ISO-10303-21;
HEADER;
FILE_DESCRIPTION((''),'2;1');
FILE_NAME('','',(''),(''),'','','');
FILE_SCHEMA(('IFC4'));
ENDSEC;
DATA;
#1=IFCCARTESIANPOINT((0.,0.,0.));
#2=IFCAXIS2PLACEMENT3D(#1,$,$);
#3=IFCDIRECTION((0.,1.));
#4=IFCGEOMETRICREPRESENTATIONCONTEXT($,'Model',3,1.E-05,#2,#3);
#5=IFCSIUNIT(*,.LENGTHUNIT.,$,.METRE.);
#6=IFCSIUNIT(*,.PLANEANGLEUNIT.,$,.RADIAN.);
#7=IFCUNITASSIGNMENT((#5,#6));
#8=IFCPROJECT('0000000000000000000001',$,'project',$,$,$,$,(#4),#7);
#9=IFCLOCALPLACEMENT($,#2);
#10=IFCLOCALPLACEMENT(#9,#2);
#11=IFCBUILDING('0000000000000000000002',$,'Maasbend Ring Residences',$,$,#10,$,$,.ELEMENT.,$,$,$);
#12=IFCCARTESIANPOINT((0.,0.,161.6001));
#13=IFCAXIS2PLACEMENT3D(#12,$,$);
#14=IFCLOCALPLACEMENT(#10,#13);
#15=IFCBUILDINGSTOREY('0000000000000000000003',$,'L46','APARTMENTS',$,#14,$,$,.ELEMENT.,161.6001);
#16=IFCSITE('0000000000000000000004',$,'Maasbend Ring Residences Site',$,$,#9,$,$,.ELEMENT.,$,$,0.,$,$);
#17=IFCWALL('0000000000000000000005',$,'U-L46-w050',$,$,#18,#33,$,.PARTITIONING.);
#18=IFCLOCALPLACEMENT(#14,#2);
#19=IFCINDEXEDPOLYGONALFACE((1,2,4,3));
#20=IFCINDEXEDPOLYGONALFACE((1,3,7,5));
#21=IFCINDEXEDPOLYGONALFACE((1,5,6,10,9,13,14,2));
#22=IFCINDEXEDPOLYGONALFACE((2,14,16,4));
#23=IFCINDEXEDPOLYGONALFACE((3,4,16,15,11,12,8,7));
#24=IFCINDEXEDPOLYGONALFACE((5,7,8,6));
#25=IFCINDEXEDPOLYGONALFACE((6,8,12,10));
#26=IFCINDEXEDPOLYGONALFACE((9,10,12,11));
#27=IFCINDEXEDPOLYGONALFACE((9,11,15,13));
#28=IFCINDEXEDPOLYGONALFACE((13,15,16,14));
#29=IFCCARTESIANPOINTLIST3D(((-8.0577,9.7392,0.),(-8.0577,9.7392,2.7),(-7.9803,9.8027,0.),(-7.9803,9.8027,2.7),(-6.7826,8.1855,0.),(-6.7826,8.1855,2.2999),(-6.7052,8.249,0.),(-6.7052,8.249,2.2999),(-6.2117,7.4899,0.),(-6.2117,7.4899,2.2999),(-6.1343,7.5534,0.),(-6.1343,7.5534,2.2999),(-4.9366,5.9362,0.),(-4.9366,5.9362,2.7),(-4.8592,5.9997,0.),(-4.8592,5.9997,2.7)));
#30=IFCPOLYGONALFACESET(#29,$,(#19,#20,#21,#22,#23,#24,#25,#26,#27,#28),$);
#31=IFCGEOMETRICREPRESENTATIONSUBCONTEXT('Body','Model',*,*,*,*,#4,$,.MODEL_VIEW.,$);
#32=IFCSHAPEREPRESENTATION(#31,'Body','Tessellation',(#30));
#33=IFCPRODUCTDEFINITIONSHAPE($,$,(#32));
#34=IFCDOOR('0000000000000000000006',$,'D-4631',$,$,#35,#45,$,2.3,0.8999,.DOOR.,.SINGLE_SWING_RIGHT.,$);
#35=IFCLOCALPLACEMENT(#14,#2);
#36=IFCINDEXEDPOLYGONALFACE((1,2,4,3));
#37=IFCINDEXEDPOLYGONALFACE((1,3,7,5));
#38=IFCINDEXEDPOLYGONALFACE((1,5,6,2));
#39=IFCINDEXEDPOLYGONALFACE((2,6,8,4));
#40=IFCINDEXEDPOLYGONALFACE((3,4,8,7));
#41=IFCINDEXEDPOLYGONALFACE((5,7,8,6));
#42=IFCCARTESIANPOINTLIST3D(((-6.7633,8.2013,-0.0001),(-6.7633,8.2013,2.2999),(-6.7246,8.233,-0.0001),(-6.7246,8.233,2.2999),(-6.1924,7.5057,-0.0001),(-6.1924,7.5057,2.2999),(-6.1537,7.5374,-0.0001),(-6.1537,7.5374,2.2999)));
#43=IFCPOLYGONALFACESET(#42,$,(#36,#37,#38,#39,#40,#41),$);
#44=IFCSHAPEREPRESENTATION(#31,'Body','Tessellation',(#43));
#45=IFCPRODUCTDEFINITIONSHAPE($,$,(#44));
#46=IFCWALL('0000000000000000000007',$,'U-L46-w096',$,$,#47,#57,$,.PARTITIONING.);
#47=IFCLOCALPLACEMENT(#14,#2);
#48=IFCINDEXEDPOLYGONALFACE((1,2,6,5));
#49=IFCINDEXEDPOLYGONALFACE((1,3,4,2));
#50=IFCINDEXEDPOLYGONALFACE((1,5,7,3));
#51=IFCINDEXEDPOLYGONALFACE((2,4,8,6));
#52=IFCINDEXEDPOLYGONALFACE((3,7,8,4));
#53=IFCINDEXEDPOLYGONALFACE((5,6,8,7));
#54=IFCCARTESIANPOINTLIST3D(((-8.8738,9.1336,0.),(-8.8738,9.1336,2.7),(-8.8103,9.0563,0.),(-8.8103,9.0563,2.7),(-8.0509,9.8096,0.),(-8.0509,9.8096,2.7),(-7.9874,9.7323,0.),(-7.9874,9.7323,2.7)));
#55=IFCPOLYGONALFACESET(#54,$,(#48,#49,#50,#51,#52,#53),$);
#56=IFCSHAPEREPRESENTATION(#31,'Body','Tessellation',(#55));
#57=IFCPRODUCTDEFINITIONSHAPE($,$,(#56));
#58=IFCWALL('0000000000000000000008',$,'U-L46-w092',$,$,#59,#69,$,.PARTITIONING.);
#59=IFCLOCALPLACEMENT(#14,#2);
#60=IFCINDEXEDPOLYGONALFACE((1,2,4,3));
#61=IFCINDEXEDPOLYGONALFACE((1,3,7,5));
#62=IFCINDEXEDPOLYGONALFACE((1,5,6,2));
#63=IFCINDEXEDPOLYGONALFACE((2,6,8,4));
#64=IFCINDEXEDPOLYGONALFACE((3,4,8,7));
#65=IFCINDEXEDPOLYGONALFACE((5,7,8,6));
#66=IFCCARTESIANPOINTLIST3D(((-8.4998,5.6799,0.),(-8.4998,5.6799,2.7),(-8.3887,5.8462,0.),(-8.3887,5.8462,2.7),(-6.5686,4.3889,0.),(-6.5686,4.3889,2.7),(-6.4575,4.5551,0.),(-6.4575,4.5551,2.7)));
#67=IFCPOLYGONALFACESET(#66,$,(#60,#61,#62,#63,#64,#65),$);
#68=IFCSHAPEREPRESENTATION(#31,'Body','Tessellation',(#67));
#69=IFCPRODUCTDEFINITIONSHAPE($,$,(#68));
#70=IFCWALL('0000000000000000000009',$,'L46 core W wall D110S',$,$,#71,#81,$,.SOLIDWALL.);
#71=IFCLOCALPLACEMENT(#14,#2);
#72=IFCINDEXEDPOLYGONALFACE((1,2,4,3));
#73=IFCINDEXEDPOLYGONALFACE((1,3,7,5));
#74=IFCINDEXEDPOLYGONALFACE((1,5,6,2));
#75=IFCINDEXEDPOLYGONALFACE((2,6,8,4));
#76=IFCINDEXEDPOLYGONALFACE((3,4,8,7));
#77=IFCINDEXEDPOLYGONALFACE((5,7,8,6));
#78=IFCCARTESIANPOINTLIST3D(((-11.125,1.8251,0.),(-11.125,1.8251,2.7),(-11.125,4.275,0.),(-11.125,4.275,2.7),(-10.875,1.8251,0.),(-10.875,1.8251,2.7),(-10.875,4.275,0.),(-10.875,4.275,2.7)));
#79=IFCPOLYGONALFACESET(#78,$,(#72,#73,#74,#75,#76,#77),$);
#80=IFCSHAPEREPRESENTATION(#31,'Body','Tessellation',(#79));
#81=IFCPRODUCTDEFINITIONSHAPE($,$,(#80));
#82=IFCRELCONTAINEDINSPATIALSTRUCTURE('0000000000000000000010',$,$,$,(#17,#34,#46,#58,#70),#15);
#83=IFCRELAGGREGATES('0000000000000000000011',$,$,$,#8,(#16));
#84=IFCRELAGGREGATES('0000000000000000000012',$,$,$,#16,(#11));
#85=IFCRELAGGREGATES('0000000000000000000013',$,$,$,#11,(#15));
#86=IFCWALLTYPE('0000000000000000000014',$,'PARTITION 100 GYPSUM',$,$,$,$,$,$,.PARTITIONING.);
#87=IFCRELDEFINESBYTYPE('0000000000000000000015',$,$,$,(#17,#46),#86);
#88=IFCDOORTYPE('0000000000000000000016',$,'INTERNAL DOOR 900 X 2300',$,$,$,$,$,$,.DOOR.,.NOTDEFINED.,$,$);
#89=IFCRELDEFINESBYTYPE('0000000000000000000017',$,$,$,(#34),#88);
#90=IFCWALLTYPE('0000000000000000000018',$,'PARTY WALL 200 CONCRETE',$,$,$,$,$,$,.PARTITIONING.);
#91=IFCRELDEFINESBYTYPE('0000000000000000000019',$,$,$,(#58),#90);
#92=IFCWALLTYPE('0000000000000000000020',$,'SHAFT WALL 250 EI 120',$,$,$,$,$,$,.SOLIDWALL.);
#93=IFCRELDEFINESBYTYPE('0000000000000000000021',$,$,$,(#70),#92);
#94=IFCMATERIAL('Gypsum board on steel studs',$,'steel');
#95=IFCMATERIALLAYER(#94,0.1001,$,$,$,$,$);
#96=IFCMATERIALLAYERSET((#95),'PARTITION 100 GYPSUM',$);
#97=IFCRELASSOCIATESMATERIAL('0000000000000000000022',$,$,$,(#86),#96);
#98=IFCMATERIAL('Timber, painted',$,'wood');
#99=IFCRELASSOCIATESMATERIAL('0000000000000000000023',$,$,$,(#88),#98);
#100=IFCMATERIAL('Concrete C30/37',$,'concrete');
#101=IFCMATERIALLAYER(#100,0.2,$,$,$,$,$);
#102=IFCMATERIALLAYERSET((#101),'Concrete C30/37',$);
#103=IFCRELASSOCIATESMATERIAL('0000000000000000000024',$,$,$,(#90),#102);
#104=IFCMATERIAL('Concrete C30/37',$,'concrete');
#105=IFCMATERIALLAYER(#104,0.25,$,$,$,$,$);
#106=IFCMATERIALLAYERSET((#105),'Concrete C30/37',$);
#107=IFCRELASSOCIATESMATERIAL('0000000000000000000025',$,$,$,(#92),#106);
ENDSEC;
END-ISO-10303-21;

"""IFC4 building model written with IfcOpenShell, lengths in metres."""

from ifc_helpers import new_model, si_unit, direction, frame, frame_2d, origin, place, context, subcontext, project, spatial, rectangle, extrude, material, layer, layer_set, type_object, element, fill, save


model = new_model("IFC4")

# Units and contexts
model_context = context("Model", 3, precision=1e-05, world=origin(), true_north=direction((0.0, 1.0)))
body_context = subcontext(model_context, "Body", "Model", "MODEL_VIEW")
ifc_project = project(units=[si_unit("LENGTHUNIT", "METRE"), si_unit("PLANEANGLEUNIT", "RADIAN")], contexts=[model_context])

# Site, building, storey
site_placement = place(None, origin())
site = spatial("IfcSite", under=ifc_project, at=site_placement, Name="Maasbend Ring Residences Site", CompositionType="ELEMENT", RefElevation=0.0)
building_placement = place(site_placement, origin())
building = spatial("IfcBuilding", under=site, at=building_placement, Name="Maasbend Ring Residences", CompositionType="ELEMENT")
storey_placement = place(building_placement, frame((0.0, 0.0, 161.6001)))
storey = spatial("IfcBuildingStorey", under=building, at=storey_placement, Name="L46", Description="APARTMENTS", CompositionType="ELEMENT", Elevation=161.6001)

# Wall, opening, door
ifc_material_1 = material(Name="Gypsum board on steel studs", Category="steel")
ifc_layer_1 = layer(ifc_material_1, 0.1001)
ifc_layer_set_1 = layer_set([ifc_layer_1], Name="PARTITION 100 GYPSUM")
wall_type_1 = type_object("IfcWallType", Name="PARTITION 100 GYPSUM", PredefinedType="PARTITIONING", material=ifc_layer_set_1)
wall_1_placement = place(storey_placement, frame((-8.019, 9.771, 0.0), z_axis=(0.0, 0.0, 1.0), x_axis=(0.634402, -0.773003, 0.0)))
wall_1 = element("IfcWall", 1, at=wall_1_placement, inside=storey, type_object=wall_type_1, Name="U-L46-w050", PredefinedType="PARTITIONING", context=body_context, shape_type="SweptSolid", body=[
    extrude(rectangle(XDim=4.9197, YDim=0.1001, at=frame_2d((2.46, 0.0))), origin(), (0.0, 0.0, 1.0), 2.7),
])
opening_1_placement = place(wall_1_placement, frame((2.01, 0.0, 0.0)))
opening_1 = element("IfcOpeningElement", 2, at=opening_1_placement, cuts=wall_1, PredefinedType="OPENING", context=body_context, shape_type="SweptSolid", body=[
    extrude(rectangle(XDim=0.8999, YDim=2.3, at=frame_2d((0.45, 1.1499))), frame((0.0, 0.0601, 0.0), z_axis=(0.0, -1.0, 0.0), x_axis=(1.0, 0.0, 0.0)), (0.0, 0.0, 1.0), 0.1201),
])
ifc_material_2 = material(Name="Timber, painted", Category="wood")
door_type_1 = type_object("IfcDoorType", Name="INTERNAL DOOR 900 X 2300", OperationType="NOTDEFINED", PredefinedType="DOOR", material=ifc_material_2)
door_1_placement = place(opening_1_placement, origin())
door_1 = element("IfcDoor", 3, at=door_1_placement, inside=storey, type_object=door_type_1, Name="D-4631", OperationType="SINGLE_SWING_RIGHT", OverallHeight=2.3, OverallWidth=0.8999, PredefinedType="DOOR", context=body_context, shape_type="SweptSolid", body=[
    extrude(rectangle(XDim=0.8999, YDim=2.3, at=frame_2d((0.45, 1.1499))), frame((0.0, 0.0249, 0.0), z_axis=(0.0, -1.0, 0.0), x_axis=(1.0, 0.0, 0.0)), (0.0, 0.0, 1.0), 0.05),
])
fill(opening_1, door_1)

# Walls
wall_2_placement = place(storey_placement, frame((-8.842, 9.095, 0.0), z_axis=(0.0, 0.0, 1.0), x_axis=(0.77273, 0.634735, 0.0)))
element("IfcWall", 4, at=wall_2_placement, inside=storey, type_object=wall_type_1, Name="U-L46-w096", PredefinedType="PARTITIONING", context=body_context, shape_type="SweptSolid", body=[
    extrude(rectangle(XDim=1.0649, YDim=0.1001, at=frame_2d((0.5325, 0.0))), origin(), (0.0, 0.0, 1.0), 2.7),
])
ifc_material_3 = material(Name="Concrete C30/37", Category="concrete")
ifc_layer_2 = layer(ifc_material_3, 0.2)
ifc_layer_set_2 = layer_set([ifc_layer_2], Name="Concrete C30/37")
wall_type_2 = type_object("IfcWallType", Name="PARTY WALL 200 CONCRETE", PredefinedType="PARTITIONING", material=ifc_layer_set_2)
wall_3_placement = place(storey_placement, frame((-6.5129, 4.4719, 0.0), z_axis=(0.0, 0.0, 1.0), x_axis=(-0.831338, 0.555767, 0.0)))
element("IfcWall", 5, at=wall_3_placement, inside=storey, type_object=wall_type_2, Name="U-L46-w092", PredefinedType="PARTITIONING", context=body_context, shape_type="SweptSolid", body=[
    extrude(rectangle(XDim=2.323, YDim=0.2, at=frame_2d((1.1616, 0.0))), origin(), (0.0, 0.0, 1.0), 2.7),
])
ifc_material_4 = material(Name="Concrete C30/37", Category="concrete")
ifc_layer_3 = layer(ifc_material_4, 0.25)
ifc_layer_set_3 = layer_set([ifc_layer_3], Name="Concrete C30/37")
wall_type_3 = type_object("IfcWallType", Name="SHAFT WALL 250 EI 120", PredefinedType="SOLIDWALL", material=ifc_layer_set_3)
wall_4_placement = place(storey_placement, frame((-11.0, 1.825, 0.0), z_axis=(0.0, 0.0, 1.0), x_axis=(0.0, 1.0, 0.0)))
element("IfcWall", 6, at=wall_4_placement, inside=storey, type_object=wall_type_3, Name="L46 core W wall D110S", PredefinedType="SOLIDWALL", context=body_context, shape_type="SweptSolid", body=[
    extrude(rectangle(XDim=2.45, YDim=0.25, at=frame_2d((1.2251, 0.0))), origin(), (0.0, 0.0, 1.0), 2.7),
])

save(model, "model.ifc")
